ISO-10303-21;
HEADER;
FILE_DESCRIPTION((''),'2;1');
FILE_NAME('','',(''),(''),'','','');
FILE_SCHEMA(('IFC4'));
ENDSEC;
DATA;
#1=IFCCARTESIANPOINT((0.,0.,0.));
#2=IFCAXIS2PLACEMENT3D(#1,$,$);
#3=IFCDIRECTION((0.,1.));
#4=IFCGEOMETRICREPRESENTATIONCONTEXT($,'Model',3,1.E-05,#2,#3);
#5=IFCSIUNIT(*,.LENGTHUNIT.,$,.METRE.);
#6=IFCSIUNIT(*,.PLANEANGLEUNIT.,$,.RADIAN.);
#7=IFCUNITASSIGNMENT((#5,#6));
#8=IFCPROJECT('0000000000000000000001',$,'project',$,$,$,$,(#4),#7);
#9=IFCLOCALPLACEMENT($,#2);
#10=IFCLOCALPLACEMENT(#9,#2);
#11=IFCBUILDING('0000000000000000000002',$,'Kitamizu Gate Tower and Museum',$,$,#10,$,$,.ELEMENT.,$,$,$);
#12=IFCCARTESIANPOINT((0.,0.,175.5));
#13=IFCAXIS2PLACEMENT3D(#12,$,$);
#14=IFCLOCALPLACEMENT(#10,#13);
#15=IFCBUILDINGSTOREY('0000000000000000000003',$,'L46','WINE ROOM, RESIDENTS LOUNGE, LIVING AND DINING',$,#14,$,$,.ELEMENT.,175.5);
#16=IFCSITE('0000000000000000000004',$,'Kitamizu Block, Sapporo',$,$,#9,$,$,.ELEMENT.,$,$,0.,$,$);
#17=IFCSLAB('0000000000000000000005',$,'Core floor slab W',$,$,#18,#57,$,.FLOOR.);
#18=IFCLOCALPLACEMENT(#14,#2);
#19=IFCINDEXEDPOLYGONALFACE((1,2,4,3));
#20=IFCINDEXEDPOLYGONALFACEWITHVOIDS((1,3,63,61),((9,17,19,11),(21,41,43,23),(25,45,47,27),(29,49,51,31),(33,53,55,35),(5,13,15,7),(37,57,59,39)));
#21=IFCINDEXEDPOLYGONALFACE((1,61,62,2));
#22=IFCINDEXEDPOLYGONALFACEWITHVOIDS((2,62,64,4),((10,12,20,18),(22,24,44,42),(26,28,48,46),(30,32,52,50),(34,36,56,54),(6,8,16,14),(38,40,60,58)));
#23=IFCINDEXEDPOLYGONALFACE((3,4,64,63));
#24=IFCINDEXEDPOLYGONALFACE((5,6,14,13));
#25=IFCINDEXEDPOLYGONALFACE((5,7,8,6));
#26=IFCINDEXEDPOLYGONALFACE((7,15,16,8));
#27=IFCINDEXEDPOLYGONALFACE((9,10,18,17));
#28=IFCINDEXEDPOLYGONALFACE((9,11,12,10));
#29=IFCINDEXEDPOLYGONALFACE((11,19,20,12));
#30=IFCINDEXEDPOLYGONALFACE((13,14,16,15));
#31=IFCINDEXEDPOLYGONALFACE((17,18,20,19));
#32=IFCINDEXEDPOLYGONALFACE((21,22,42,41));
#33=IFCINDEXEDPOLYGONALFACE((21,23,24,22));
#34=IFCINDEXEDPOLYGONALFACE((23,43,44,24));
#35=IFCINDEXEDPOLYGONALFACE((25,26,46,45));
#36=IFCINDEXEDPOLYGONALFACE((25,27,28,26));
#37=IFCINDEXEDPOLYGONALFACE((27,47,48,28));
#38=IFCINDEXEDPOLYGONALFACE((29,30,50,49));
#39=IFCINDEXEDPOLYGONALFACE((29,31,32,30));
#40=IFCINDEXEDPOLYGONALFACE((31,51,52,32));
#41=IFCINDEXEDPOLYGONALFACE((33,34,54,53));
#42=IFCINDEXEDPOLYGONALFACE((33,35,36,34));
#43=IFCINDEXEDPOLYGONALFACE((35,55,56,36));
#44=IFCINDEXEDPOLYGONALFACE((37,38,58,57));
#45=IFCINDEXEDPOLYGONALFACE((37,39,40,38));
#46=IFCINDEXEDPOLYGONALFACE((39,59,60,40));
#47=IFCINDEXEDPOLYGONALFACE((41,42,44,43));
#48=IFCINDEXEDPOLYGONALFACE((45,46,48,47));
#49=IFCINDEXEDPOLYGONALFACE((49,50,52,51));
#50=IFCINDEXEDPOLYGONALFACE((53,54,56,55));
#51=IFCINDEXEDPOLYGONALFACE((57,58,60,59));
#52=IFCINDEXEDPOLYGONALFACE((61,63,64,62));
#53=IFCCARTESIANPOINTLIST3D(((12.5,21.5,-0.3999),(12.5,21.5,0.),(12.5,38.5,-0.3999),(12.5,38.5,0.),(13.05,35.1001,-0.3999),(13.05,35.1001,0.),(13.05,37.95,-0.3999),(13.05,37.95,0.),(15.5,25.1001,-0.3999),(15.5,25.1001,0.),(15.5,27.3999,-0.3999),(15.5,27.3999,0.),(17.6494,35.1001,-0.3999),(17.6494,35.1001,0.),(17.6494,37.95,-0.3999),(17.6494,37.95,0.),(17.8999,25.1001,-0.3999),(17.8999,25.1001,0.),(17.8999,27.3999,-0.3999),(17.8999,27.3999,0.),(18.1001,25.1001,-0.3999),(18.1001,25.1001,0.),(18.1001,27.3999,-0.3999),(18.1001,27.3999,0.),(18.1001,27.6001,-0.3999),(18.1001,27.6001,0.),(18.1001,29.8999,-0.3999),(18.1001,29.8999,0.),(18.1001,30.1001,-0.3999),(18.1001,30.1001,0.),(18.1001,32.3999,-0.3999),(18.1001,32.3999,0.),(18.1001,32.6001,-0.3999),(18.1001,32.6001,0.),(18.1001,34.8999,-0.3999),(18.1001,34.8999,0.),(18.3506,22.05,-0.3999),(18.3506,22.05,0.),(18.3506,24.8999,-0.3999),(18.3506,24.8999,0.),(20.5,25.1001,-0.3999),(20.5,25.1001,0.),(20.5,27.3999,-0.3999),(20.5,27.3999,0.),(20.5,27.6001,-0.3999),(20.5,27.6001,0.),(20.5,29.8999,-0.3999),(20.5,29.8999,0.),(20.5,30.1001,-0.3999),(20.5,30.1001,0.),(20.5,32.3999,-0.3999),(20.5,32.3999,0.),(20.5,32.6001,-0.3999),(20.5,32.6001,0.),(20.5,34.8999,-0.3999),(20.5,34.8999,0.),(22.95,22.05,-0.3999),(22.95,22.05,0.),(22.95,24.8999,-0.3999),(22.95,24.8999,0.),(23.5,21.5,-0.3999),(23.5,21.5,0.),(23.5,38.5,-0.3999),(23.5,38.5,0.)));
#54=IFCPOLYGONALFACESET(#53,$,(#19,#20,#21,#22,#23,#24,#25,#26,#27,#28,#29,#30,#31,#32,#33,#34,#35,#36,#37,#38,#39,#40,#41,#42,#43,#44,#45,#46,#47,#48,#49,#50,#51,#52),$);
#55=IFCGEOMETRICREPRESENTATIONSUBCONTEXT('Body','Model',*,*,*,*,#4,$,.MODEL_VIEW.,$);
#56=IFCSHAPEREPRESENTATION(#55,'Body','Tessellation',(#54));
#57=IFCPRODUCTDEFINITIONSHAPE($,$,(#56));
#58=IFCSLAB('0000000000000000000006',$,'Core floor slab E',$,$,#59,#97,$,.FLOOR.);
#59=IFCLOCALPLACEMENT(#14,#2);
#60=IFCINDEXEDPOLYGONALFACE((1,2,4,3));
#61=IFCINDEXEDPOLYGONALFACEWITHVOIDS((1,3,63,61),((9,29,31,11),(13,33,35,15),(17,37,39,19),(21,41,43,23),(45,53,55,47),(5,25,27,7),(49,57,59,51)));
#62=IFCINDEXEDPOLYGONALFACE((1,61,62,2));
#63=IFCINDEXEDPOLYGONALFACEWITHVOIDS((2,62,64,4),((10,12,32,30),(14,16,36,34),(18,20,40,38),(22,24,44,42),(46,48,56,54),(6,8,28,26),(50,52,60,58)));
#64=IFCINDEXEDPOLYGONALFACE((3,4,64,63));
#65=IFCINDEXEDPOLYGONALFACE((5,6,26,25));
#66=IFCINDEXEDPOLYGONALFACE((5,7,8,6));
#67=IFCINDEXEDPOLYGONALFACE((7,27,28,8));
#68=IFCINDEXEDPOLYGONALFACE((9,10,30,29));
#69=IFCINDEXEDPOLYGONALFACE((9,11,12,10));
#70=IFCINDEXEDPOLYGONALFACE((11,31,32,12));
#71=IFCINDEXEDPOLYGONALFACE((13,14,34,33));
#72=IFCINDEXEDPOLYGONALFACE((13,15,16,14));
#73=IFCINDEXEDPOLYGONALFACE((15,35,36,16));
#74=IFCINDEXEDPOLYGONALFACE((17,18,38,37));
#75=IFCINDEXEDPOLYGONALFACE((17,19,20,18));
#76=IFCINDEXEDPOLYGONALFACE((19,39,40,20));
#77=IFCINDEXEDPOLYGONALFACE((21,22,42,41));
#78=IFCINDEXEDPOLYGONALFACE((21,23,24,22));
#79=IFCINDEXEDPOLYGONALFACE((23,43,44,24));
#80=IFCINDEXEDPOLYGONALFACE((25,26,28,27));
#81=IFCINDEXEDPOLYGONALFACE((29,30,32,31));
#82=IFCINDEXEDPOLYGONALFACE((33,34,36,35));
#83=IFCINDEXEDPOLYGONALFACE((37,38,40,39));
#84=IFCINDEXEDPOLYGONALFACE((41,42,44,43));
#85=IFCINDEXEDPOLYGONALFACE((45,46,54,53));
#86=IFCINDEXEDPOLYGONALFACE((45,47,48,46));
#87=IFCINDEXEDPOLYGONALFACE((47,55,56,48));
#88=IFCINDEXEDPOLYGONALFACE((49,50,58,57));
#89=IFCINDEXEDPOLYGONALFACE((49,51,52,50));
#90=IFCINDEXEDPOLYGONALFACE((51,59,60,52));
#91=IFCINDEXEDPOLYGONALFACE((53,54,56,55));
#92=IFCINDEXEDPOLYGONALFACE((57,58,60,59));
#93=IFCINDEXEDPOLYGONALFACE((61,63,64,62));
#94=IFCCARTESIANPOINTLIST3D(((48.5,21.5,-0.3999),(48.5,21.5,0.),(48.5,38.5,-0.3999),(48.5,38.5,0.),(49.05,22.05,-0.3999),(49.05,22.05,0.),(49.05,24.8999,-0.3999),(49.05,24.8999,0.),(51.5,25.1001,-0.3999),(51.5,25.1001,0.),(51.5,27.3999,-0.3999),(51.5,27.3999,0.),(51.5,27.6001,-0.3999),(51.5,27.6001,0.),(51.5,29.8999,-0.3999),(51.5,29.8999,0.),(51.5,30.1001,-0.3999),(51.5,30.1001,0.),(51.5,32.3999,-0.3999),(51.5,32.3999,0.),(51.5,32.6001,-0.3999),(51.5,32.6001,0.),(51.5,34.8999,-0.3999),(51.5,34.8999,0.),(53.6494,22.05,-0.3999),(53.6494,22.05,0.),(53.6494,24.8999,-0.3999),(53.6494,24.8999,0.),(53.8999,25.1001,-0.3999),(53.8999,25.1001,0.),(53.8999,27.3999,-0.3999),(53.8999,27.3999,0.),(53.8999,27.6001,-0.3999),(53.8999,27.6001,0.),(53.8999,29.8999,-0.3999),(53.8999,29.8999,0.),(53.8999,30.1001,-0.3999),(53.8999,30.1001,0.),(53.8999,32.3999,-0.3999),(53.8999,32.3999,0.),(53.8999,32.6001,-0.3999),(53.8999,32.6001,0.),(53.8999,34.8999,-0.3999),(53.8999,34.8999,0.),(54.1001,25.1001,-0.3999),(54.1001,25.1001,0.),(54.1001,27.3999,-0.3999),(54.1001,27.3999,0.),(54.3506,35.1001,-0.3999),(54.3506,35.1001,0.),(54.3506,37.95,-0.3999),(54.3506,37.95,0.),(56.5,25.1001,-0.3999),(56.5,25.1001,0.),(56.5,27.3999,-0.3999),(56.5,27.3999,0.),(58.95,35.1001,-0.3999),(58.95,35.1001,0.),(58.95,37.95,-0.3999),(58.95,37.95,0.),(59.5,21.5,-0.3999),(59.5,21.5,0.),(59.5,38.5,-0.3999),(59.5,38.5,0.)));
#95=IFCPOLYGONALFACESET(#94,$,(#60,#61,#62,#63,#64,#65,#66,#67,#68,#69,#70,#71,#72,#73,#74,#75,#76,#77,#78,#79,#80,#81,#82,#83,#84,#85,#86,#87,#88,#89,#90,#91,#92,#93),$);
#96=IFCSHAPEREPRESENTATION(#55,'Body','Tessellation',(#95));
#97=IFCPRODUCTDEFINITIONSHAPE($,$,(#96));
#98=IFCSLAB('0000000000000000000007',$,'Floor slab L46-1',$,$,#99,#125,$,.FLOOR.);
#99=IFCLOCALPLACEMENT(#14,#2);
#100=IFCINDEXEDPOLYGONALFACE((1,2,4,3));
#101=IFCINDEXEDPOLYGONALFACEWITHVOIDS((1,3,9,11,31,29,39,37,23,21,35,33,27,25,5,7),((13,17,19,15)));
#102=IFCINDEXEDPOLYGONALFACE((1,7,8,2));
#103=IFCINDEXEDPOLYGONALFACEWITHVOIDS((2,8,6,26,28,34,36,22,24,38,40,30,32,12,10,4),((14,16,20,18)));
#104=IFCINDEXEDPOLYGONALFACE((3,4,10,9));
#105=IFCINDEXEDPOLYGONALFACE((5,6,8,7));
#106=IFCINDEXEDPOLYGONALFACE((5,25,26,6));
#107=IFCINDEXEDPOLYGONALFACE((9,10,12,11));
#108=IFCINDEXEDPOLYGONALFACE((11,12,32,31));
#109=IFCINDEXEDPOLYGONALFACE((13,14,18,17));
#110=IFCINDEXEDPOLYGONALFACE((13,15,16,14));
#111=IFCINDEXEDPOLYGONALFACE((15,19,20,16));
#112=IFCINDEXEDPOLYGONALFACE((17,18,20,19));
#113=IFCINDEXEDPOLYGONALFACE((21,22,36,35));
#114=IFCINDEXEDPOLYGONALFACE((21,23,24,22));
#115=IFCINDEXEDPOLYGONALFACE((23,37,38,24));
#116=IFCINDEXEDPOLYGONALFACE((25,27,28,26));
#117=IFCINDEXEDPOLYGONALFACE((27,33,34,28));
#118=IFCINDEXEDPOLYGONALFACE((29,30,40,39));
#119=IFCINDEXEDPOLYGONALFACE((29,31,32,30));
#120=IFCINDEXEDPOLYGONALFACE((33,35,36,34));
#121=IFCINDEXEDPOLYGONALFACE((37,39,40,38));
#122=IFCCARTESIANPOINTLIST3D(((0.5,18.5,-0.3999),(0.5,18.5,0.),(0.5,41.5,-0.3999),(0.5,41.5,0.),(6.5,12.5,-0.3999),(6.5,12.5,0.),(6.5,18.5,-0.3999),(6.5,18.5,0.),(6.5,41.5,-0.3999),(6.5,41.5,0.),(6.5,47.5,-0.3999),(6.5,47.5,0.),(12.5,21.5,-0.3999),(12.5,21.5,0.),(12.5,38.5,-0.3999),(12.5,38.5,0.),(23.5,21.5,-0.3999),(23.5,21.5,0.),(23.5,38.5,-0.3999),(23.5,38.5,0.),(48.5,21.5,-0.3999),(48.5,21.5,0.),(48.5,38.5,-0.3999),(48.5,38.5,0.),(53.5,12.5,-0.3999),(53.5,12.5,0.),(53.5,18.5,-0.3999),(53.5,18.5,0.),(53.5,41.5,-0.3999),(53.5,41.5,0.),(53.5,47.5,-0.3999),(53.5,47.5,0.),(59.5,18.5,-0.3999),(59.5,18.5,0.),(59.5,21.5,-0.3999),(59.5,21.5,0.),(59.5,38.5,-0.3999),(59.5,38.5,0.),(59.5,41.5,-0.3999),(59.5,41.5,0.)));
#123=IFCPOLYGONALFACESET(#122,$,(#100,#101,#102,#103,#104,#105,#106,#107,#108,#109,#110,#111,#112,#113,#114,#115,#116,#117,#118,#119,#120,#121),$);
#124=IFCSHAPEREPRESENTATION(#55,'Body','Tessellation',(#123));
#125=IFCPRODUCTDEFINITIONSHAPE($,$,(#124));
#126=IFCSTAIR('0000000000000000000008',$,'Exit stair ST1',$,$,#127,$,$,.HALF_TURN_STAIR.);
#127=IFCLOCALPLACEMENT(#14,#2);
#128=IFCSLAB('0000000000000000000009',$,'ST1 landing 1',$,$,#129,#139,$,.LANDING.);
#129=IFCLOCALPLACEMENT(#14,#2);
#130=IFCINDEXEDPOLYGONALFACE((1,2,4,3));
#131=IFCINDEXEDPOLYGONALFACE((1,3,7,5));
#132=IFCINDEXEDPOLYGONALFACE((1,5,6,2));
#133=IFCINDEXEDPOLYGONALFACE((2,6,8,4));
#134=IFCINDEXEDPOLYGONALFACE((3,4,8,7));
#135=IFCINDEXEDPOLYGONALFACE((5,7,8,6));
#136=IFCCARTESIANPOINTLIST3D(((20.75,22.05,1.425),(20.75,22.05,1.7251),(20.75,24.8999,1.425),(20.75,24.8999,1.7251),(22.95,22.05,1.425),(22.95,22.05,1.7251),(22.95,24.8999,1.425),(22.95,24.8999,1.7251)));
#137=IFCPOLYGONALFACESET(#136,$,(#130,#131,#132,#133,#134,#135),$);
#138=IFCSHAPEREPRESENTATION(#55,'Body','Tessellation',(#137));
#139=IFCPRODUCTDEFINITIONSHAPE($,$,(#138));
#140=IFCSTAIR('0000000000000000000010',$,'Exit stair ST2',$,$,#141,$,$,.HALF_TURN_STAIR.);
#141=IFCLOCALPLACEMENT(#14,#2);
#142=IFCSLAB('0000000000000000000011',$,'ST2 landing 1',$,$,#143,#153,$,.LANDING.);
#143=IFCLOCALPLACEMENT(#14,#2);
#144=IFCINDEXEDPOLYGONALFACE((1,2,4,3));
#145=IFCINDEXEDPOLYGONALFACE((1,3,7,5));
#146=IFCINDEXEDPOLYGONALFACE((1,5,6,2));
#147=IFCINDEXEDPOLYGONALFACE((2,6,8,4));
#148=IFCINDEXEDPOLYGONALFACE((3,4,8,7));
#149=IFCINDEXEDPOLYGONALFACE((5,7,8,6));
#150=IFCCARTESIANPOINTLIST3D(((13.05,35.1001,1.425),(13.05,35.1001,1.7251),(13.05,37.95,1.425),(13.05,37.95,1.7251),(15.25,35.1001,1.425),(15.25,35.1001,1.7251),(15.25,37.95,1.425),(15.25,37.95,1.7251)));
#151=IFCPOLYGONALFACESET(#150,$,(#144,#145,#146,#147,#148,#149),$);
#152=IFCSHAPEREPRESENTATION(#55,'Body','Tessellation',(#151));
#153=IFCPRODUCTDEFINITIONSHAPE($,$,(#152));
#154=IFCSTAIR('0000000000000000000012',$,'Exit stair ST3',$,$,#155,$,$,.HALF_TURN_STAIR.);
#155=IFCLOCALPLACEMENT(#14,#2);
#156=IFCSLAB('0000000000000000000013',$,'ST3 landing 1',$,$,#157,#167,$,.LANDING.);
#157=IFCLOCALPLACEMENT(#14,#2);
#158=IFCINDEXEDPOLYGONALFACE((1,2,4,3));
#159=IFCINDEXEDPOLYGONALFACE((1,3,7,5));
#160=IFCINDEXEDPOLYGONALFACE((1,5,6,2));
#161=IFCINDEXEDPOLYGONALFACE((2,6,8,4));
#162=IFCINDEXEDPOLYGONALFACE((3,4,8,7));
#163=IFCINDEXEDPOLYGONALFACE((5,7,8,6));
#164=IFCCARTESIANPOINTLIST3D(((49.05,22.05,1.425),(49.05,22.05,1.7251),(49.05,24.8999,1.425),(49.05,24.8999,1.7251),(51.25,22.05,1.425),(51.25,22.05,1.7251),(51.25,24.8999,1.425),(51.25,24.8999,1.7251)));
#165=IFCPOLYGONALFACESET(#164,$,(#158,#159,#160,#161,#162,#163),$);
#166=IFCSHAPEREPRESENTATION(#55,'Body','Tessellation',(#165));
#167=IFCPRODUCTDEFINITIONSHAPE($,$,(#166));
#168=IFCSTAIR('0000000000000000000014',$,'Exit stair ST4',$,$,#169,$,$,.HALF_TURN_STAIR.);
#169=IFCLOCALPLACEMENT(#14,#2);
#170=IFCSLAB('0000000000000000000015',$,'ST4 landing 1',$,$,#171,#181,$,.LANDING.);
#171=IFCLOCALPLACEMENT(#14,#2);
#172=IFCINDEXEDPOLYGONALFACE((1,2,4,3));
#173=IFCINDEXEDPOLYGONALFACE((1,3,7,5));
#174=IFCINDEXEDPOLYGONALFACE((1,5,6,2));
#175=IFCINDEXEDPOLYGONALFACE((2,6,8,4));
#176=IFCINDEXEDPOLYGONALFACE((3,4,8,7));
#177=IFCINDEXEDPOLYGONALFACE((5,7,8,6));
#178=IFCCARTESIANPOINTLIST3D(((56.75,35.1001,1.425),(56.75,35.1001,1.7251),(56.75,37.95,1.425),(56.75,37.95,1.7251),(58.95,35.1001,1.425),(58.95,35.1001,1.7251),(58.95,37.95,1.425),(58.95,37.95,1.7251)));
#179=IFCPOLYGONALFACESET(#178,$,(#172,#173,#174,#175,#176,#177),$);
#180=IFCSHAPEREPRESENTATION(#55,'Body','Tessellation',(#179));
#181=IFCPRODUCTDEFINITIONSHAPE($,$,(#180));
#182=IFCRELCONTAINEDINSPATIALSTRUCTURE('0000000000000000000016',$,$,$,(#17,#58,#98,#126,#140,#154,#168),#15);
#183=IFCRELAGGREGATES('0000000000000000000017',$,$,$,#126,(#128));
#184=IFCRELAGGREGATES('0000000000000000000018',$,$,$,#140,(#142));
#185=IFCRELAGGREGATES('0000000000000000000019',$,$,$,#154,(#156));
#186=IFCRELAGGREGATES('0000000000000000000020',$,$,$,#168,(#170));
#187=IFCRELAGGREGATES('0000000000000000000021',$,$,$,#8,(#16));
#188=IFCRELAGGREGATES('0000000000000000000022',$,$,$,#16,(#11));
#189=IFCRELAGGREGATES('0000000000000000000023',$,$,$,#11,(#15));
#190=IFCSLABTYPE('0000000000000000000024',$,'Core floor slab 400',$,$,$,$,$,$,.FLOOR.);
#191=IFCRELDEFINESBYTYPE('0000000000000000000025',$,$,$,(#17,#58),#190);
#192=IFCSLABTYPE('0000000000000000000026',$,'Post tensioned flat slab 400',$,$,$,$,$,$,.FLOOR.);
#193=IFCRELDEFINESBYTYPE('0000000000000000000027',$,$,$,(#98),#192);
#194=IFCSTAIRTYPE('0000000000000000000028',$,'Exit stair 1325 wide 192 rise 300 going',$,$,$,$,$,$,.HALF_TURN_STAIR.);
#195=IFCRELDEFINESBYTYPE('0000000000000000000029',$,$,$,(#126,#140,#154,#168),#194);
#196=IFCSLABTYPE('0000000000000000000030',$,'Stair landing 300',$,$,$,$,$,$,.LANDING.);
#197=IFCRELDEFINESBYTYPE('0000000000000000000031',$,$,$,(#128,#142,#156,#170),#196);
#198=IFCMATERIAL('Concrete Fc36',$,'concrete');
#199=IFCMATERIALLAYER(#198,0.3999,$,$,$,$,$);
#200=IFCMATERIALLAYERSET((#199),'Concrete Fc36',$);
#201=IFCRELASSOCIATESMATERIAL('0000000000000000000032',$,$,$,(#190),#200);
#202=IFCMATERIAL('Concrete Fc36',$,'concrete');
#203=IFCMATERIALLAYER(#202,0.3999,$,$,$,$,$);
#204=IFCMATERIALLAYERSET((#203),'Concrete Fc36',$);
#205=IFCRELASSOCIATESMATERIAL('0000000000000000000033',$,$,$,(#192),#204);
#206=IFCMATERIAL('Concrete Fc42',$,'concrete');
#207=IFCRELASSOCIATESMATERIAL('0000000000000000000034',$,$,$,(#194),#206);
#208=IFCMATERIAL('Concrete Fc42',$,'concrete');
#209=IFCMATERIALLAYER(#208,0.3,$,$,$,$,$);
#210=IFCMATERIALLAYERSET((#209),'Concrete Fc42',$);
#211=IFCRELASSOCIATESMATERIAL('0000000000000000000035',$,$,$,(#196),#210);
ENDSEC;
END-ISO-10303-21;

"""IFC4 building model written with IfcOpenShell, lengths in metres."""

from ifc_helpers import new_model, si_unit, direction, frame, origin, place, context, subcontext, project, spatial, polyline, outline, extrude, material, layer, layer_set, type_object, element, aggregate, save


model = new_model("IFC4")

# Units and contexts
model_context = context("Model", 3, precision=1e-05, world=origin(), true_north=direction((0.0, 1.0)))
body_context = subcontext(model_context, "Body", "Model", "MODEL_VIEW")
ifc_project = project(units=[si_unit("LENGTHUNIT", "METRE"), si_unit("PLANEANGLEUNIT", "RADIAN")], contexts=[model_context])

# Site, building, storey
site_placement = place(None, origin())
site = spatial("IfcSite", under=ifc_project, at=site_placement, Name="Kitamizu Block, Sapporo", CompositionType="ELEMENT", RefElevation=0.0)
building_placement = place(site_placement, origin())
building = spatial("IfcBuilding", under=site, at=building_placement, Name="Kitamizu Gate Tower and Museum", CompositionType="ELEMENT")
storey_placement = place(building_placement, frame((0.0, 0.0, 175.5)))
storey = spatial("IfcBuildingStorey", under=building, at=storey_placement, Name="L46", Description="WINE ROOM, RESIDENTS LOUNGE, LIVING AND DINING", CompositionType="ELEMENT", Elevation=175.5)

# Slabs
ifc_material_1 = material(Name="Concrete Fc36", Category="concrete")
ifc_layer_1 = layer(ifc_material_1, 0.3999)
ifc_layer_set_1 = layer_set([ifc_layer_1], Name="Concrete Fc36")
slab_type_1 = type_object("IfcSlabType", Name="Core floor slab 400", PredefinedType="FLOOR", material=ifc_layer_set_1)
slab_1_placement = place(storey_placement, frame((0.0, 0.0, -0.3999)))
element("IfcSlab", 1, at=slab_1_placement, inside=storey, type_object=slab_type_1, Name="Core floor slab W", PredefinedType="FLOOR", context=body_context, shape_type="SweptSolid", body=[
    extrude(outline(polyline([(12.5, 21.5), (23.5, 21.5), (23.5, 38.5), (12.5, 38.5), (12.5, 21.5)]), holes=[polyline([(15.5, 25.1001), (17.8999, 25.1001), (17.8999, 27.3999), (15.5, 27.3999), (15.5, 25.1001)]), polyline([(18.1001, 25.1001), (20.5, 25.1001), (20.5, 27.3999), (18.1001, 27.3999), (18.1001, 25.1001)]), polyline([(18.1001, 27.6001), (20.5, 27.6001), (20.5, 29.8999), (18.1001, 29.8999), (18.1001, 27.6001)]), polyline([(18.1001, 30.1001), (20.5, 30.1001), (20.5, 32.3999), (18.1001, 32.3999), (18.1001, 30.1001)]), polyline([(18.1001, 32.6001), (20.5, 32.6001), (20.5, 34.8999), (18.1001, 34.8999), (18.1001, 32.6001)]), polyline([(18.3506, 22.05), (22.95, 22.05), (22.95, 24.8999), (18.3506, 24.8999), (18.3506, 22.05)]), polyline([(13.05, 35.1001), (17.6494, 35.1001), (17.6494, 37.95), (13.05, 37.95), (13.05, 35.1001)])]), origin(), (0.0, 0.0, 1.0), 0.3999),
])
slab_2_placement = place(storey_placement, frame((0.0, 0.0, -0.3999)))
element("IfcSlab", 2, at=slab_2_placement, inside=storey, type_object=slab_type_1, Name="Core floor slab E", PredefinedType="FLOOR", context=body_context, shape_type="SweptSolid", body=[
    extrude(outline(polyline([(48.5, 21.5), (59.5, 21.5), (59.5, 38.5), (48.5, 38.5), (48.5, 21.5)]), holes=[polyline([(54.1001, 25.1001), (56.5, 25.1001), (56.5, 27.3999), (54.1001, 27.3999), (54.1001, 25.1001)]), polyline([(51.5, 25.1001), (53.8999, 25.1001), (53.8999, 27.3999), (51.5, 27.3999), (51.5, 25.1001)]), polyline([(51.5, 27.6001), (53.8999, 27.6001), (53.8999, 29.8999), (51.5, 29.8999), (51.5, 27.6001)]), polyline([(51.5, 30.1001), (53.8999, 30.1001), (53.8999, 32.3999), (51.5, 32.3999), (51.5, 30.1001)]), polyline([(51.5, 32.6001), (53.8999, 32.6001), (53.8999, 34.8999), (51.5, 34.8999), (51.5, 32.6001)]), polyline([(49.05, 22.05), (53.6494, 22.05), (53.6494, 24.8999), (49.05, 24.8999), (49.05, 22.05)]), polyline([(54.3506, 35.1001), (58.95, 35.1001), (58.95, 37.95), (54.3506, 37.95), (54.3506, 35.1001)])]), origin(), (0.0, 0.0, 1.0), 0.3999),
])
ifc_material_2 = material(Name="Concrete Fc36", Category="concrete")
ifc_layer_2 = layer(ifc_material_2, 0.3999)
ifc_layer_set_2 = layer_set([ifc_layer_2], Name="Concrete Fc36")
slab_type_2 = type_object("IfcSlabType", Name="Post tensioned flat slab 400", PredefinedType="FLOOR", material=ifc_layer_set_2)
slab_3_placement = place(storey_placement, frame((0.0, 0.0, -0.3999)))
element("IfcSlab", 3, at=slab_3_placement, inside=storey, type_object=slab_type_2, Name="Floor slab L46-1", PredefinedType="FLOOR", context=body_context, shape_type="SweptSolid", body=[
    extrude(outline(polyline([(0.5, 18.5), (0.5, 41.5), (6.5, 41.5), (6.5, 47.5), (53.5, 47.5), (53.5, 41.5), (59.5, 41.5), (59.5, 38.5), (48.5, 38.5), (48.5, 21.5), (59.5, 21.5), (59.5, 18.5), (53.5, 18.5), (53.5, 12.5), (6.5, 12.5), (6.5, 18.5), (0.5, 18.5)]), holes=[polyline([(12.5, 38.5), (12.5, 21.5), (23.5, 21.5), (23.5, 38.5), (12.5, 38.5)])]), origin(), (0.0, 0.0, 1.0), 0.3999),
])

# Stairs, slabs
ifc_material_3 = material(Name="Concrete Fc42", Category="concrete")
stair_type = type_object("IfcStairType", Name="Exit stair 1325 wide 192 rise 300 going", PredefinedType="HALF_TURN_STAIR", material=ifc_material_3)
stair_1_placement = place(storey_placement, origin())
stair_1 = element("IfcStair", 4, at=stair_1_placement, inside=storey, type_object=stair_type, Name="Exit stair ST1", PredefinedType="HALF_TURN_STAIR")
ifc_material_4 = material(Name="Concrete Fc42", Category="concrete")
ifc_layer_3 = layer(ifc_material_4, 0.3)
ifc_layer_set_3 = layer_set([ifc_layer_3], Name="Concrete Fc42")
slab_type_3 = type_object("IfcSlabType", Name="Stair landing 300", PredefinedType="LANDING", material=ifc_layer_set_3)
slab_4_placement = place(storey_placement, frame((0.0, 0.0, 1.425)))
slab_4 = element("IfcSlab", 5, at=slab_4_placement, type_object=slab_type_3, Name="ST1 landing 1", PredefinedType="LANDING", context=body_context, shape_type="SweptSolid", body=[
    extrude(outline(polyline([(20.75, 22.05), (22.95, 22.05), (22.95, 24.8999), (20.75, 24.8999), (20.75, 22.05)])), origin(), (0.0, 0.0, 1.0), 0.3),
])
aggregate(stair_1, [slab_4])
stair_2_placement = place(storey_placement, origin())
stair_2 = element("IfcStair", 6, at=stair_2_placement, inside=storey, type_object=stair_type, Name="Exit stair ST2", PredefinedType="HALF_TURN_STAIR")
slab_5_placement = place(storey_placement, frame((0.0, 0.0, 1.425)))
slab_5 = element("IfcSlab", 7, at=slab_5_placement, type_object=slab_type_3, Name="ST2 landing 1", PredefinedType="LANDING", context=body_context, shape_type="SweptSolid", body=[
    extrude(outline(polyline([(13.05, 35.1001), (15.25, 35.1001), (15.25, 37.95), (13.05, 37.95), (13.05, 35.1001)])), origin(), (0.0, 0.0, 1.0), 0.3),
])
aggregate(stair_2, [slab_5])
stair_3_placement = place(storey_placement, origin())
stair_3 = element("IfcStair", 8, at=stair_3_placement, inside=storey, type_object=stair_type, Name="Exit stair ST3", PredefinedType="HALF_TURN_STAIR")
slab_6_placement = place(storey_placement, frame((0.0, 0.0, 1.425)))
slab_6 = element("IfcSlab", 9, at=slab_6_placement, type_object=slab_type_3, Name="ST3 landing 1", PredefinedType="LANDING", context=body_context, shape_type="SweptSolid", body=[
    extrude(outline(polyline([(49.05, 22.05), (51.25, 22.05), (51.25, 24.8999), (49.05, 24.8999), (49.05, 22.05)])), origin(), (0.0, 0.0, 1.0), 0.3),
])
aggregate(stair_3, [slab_6])
stair_4_placement = place(storey_placement, origin())
stair_4 = element("IfcStair", 10, at=stair_4_placement, inside=storey, type_object=stair_type, Name="Exit stair ST4", PredefinedType="HALF_TURN_STAIR")
slab_7_placement = place(storey_placement, frame((0.0, 0.0, 1.425)))
slab_7 = element("IfcSlab", 11, at=slab_7_placement, type_object=slab_type_3, Name="ST4 landing 1", PredefinedType="LANDING", context=body_context, shape_type="SweptSolid", body=[
    extrude(outline(polyline([(56.75, 35.1001), (58.95, 35.1001), (58.95, 37.95), (56.75, 37.95), (56.75, 35.1001)])), origin(), (0.0, 0.0, 1.0), 0.3),
])
aggregate(stair_4, [slab_7])

save(model, "model.ifc")
